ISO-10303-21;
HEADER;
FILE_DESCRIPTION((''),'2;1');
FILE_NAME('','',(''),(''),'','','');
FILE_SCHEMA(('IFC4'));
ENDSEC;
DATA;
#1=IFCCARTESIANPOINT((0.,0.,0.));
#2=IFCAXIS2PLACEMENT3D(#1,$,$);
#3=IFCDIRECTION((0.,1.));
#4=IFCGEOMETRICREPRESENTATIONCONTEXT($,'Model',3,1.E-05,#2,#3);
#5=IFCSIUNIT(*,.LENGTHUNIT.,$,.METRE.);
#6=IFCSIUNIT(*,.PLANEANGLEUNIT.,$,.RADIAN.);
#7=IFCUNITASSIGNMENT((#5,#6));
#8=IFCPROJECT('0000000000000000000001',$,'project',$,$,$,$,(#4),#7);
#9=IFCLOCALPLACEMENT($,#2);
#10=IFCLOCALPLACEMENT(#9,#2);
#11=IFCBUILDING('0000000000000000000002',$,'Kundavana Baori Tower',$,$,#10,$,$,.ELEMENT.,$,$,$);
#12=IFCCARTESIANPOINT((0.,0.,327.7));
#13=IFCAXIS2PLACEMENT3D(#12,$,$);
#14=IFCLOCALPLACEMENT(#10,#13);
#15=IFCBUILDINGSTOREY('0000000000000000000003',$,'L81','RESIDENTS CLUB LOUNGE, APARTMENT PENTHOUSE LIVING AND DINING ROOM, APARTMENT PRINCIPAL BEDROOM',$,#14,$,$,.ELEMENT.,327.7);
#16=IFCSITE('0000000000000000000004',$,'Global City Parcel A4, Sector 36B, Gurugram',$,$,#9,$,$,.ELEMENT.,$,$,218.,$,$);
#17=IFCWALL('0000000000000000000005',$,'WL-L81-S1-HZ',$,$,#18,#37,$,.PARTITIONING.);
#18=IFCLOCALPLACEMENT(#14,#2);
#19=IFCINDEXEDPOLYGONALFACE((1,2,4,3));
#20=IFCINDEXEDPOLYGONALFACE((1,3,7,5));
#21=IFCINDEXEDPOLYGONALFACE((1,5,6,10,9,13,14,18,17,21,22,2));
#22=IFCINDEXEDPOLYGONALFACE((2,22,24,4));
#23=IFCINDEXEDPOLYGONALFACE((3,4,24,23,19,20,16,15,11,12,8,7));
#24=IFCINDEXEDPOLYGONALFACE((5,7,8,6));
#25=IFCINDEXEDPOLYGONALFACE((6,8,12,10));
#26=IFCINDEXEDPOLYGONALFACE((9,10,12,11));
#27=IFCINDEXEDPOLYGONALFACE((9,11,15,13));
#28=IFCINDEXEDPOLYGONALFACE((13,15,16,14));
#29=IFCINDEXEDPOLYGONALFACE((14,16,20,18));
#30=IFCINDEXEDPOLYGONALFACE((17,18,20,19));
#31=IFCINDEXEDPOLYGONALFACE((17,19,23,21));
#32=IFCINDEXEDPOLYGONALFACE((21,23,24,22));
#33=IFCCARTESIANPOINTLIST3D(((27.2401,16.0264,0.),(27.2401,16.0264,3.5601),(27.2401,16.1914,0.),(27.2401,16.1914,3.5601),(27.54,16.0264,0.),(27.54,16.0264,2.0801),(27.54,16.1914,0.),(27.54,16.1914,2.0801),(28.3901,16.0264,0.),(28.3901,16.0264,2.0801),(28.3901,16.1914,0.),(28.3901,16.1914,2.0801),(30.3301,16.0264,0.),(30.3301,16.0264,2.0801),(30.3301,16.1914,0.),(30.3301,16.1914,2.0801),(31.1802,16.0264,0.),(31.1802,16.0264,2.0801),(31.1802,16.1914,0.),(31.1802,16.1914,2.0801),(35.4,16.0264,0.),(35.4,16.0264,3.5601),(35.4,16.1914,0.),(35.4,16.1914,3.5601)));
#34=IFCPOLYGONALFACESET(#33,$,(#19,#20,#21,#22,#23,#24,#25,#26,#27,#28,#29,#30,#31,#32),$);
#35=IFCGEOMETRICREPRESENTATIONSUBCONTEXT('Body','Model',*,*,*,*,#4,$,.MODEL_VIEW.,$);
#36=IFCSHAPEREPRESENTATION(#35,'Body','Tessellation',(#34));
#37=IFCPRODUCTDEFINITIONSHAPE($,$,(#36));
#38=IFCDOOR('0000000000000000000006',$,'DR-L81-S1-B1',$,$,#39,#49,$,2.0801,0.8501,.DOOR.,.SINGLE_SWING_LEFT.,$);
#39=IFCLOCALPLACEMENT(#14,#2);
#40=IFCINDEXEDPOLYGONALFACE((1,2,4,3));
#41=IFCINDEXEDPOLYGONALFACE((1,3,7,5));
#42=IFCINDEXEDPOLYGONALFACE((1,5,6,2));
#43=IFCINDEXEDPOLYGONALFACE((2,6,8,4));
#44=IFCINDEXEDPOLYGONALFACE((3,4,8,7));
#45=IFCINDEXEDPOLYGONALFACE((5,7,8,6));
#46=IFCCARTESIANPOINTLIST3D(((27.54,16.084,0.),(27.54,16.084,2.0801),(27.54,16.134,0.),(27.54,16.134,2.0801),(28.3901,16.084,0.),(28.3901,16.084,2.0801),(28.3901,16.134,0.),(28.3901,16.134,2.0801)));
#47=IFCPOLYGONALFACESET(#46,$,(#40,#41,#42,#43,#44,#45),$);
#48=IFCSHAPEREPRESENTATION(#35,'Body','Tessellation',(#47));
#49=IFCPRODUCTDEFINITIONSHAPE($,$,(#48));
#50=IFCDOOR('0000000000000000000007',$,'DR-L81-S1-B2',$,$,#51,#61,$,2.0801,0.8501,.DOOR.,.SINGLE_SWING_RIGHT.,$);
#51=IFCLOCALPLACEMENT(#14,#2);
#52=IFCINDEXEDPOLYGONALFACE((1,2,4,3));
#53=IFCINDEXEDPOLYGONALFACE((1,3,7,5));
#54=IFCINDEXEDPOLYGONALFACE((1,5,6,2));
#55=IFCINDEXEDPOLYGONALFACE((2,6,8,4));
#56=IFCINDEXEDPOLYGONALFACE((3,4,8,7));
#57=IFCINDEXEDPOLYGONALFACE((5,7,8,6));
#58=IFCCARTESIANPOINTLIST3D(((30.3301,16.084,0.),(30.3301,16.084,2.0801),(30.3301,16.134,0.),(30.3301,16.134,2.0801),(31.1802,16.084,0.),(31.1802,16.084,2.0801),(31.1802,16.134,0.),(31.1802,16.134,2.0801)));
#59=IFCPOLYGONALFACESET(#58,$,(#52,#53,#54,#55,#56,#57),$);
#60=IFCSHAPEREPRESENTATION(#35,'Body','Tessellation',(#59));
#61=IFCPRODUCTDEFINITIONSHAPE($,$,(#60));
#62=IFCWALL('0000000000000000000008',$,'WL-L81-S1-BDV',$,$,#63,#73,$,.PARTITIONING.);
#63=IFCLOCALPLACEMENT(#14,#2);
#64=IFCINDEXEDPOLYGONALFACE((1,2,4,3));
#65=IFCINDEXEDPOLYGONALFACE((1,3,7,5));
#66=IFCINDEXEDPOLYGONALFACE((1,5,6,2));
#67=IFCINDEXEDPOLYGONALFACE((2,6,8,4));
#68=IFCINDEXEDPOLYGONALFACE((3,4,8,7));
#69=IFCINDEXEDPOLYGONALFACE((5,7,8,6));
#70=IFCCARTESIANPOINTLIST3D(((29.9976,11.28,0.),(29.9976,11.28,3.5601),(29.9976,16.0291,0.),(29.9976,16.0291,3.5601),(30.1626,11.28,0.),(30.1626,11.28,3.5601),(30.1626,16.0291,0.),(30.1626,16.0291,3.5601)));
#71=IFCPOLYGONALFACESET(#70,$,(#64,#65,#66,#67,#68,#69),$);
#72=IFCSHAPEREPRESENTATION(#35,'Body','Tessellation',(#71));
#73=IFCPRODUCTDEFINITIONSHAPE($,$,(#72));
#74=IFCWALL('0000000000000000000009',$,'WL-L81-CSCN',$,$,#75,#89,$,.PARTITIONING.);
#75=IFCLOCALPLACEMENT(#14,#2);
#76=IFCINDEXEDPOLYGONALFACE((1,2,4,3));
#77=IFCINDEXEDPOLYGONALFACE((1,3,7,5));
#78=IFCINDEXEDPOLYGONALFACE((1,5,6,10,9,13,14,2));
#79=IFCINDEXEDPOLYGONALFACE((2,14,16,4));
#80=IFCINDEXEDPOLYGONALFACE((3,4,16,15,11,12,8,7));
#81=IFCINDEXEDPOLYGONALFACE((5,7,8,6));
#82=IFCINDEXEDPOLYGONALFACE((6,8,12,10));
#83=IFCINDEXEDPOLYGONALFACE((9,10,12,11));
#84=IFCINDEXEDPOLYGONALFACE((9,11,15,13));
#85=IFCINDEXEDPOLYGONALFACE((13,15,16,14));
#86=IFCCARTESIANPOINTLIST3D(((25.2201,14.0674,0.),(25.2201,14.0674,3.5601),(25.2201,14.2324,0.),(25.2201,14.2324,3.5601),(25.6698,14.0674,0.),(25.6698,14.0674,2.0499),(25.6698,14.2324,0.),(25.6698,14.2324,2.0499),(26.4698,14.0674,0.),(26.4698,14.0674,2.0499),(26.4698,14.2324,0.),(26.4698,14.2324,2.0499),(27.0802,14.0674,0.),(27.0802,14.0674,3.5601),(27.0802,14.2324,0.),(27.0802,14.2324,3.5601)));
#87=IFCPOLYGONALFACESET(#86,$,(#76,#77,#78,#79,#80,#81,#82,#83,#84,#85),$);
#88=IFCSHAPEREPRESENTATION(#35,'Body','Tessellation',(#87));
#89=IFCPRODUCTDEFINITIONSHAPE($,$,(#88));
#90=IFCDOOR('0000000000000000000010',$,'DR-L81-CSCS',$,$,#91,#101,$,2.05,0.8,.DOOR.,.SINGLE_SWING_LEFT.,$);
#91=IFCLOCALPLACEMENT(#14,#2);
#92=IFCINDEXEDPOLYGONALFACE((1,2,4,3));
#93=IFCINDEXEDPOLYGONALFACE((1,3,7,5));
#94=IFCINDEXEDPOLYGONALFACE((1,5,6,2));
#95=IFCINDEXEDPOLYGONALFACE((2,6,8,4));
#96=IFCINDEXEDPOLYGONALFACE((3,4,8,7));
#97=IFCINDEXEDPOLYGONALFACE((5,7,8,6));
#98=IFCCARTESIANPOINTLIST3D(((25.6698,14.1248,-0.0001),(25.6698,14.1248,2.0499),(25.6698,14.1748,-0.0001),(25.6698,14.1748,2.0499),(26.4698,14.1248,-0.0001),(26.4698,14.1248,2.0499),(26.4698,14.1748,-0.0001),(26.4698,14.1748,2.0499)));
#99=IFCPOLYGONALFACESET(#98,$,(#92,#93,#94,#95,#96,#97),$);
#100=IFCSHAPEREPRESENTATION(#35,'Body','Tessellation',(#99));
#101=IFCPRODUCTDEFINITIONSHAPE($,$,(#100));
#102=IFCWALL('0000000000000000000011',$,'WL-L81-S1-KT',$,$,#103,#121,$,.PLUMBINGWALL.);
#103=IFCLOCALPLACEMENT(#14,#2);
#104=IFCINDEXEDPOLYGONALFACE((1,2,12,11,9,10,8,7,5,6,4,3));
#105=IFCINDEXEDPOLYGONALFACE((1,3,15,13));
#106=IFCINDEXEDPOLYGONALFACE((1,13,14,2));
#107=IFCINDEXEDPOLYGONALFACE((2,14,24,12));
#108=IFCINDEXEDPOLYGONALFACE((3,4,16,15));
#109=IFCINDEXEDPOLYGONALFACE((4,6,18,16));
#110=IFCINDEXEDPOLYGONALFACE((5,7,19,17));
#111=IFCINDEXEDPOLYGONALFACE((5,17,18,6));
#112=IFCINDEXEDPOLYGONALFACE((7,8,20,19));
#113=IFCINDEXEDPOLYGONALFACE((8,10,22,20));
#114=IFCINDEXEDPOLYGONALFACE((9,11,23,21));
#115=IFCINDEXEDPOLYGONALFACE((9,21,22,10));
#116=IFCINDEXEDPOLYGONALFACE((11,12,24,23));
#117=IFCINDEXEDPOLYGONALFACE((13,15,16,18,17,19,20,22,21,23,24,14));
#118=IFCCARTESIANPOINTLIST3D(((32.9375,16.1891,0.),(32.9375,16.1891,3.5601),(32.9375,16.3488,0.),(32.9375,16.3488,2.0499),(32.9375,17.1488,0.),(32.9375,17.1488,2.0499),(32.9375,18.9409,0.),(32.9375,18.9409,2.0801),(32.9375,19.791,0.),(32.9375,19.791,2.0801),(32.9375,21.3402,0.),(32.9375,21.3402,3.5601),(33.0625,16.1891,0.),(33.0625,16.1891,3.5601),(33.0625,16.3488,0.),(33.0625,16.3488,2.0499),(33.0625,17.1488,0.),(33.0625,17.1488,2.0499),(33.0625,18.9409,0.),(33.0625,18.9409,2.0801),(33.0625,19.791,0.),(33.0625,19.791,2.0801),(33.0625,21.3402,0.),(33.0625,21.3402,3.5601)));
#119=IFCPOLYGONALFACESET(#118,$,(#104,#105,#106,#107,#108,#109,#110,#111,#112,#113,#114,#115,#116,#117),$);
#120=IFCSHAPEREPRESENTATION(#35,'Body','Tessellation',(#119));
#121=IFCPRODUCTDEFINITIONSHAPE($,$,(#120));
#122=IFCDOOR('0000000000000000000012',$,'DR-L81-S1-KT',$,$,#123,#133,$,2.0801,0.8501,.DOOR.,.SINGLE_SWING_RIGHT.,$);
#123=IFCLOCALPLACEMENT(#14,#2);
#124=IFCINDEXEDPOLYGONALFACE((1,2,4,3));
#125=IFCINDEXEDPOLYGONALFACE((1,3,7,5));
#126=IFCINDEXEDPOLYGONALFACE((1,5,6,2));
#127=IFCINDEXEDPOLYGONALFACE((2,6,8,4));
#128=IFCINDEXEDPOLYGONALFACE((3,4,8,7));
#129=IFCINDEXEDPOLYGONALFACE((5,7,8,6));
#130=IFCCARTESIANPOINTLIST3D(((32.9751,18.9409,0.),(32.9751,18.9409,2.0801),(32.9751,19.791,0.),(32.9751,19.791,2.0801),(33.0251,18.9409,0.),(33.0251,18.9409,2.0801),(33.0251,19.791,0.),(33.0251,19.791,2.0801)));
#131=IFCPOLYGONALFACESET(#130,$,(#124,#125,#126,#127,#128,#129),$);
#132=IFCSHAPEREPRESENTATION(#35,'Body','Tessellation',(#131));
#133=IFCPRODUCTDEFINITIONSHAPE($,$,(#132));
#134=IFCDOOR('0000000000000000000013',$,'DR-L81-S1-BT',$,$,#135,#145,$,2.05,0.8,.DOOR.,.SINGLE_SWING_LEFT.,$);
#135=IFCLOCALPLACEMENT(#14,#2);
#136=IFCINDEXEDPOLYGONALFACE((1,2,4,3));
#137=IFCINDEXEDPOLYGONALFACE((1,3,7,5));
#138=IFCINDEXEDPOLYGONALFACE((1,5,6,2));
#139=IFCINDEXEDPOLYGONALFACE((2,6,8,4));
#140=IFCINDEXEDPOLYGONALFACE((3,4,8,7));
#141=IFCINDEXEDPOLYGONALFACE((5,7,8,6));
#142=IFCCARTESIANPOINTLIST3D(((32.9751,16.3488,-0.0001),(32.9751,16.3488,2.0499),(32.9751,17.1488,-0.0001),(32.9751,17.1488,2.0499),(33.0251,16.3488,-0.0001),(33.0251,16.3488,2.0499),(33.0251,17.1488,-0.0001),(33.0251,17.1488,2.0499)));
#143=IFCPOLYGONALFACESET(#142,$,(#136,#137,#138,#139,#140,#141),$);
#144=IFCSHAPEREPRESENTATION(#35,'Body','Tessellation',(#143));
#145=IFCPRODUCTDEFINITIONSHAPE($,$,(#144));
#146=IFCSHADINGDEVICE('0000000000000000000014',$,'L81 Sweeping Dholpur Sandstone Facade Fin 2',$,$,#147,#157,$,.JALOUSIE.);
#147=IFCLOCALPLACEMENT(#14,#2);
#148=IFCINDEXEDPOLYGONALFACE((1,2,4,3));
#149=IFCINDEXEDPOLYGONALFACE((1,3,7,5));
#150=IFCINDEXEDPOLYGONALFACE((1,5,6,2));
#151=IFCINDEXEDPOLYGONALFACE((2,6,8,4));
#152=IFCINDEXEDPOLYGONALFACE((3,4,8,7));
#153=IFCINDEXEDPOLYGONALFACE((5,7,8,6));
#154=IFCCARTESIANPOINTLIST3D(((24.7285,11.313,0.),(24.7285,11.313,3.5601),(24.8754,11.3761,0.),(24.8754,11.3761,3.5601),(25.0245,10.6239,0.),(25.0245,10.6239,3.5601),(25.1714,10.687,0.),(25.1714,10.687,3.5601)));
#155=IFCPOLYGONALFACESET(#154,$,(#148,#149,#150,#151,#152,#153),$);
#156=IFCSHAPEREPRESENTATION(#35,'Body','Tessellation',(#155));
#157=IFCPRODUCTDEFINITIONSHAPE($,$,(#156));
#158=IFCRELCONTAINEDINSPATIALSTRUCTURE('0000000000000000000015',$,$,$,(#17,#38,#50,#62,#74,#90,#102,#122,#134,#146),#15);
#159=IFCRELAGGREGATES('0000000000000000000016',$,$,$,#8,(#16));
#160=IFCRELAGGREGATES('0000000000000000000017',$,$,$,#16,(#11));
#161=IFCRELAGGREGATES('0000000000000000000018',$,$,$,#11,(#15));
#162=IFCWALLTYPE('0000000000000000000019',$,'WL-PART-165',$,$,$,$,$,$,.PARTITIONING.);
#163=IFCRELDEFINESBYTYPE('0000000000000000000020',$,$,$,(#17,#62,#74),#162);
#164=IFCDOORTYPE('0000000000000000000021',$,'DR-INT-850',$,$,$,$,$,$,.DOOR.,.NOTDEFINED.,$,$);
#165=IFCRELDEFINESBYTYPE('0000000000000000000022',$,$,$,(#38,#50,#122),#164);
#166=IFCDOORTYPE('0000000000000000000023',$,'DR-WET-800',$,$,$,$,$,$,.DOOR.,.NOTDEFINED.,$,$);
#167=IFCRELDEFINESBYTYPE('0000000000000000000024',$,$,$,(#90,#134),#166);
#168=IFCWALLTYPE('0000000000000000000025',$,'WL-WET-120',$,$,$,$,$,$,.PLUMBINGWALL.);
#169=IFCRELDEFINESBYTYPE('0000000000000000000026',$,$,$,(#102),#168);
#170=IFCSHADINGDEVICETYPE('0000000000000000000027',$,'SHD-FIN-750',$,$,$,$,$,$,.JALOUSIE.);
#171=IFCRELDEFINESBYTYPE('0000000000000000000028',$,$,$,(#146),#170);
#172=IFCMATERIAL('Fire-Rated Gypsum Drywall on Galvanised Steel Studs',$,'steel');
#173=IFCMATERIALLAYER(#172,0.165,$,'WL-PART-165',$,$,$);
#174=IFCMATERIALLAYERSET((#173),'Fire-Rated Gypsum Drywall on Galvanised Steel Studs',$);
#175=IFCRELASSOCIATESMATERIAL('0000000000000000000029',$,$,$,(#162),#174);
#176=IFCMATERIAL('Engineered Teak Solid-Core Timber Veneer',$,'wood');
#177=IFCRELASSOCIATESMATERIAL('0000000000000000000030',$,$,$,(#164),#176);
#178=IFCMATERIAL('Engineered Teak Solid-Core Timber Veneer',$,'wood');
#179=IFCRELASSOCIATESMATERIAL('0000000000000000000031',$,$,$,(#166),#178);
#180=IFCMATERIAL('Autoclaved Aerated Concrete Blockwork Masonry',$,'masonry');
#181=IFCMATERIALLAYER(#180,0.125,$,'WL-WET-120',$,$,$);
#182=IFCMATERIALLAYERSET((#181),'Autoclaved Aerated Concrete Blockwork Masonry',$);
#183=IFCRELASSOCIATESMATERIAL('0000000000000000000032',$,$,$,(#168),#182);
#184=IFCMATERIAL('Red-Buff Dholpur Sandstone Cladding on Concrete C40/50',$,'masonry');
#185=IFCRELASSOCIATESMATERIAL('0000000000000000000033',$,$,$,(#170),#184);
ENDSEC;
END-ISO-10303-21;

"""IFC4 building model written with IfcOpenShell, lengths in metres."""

from ifc_helpers import new_model, si_unit, direction, frame, frame_2d, origin, origin_2d, place, context, subcontext, project, spatial, rectangle, extrude, material, layer, layer_set, type_object, element, fill, save


model = new_model("IFC4")

# Units and contexts
model_context = context("Model", 3, precision=1e-05, world=origin(), true_north=direction((0.0, 1.0)))
body_context = subcontext(model_context, "Body", "Model", "MODEL_VIEW")
ifc_project = project(units=[si_unit("LENGTHUNIT", "METRE"), si_unit("PLANEANGLEUNIT", "RADIAN")], contexts=[model_context])

# Site, building, storey
site_placement = place(None, origin())
site = spatial("IfcSite", under=ifc_project, at=site_placement, Name="Global City Parcel A4, Sector 36B, Gurugram", CompositionType="ELEMENT", RefElevation=218.0)
building_placement = place(site_placement, origin())
building = spatial("IfcBuilding", under=site, at=building_placement, Name="Kundavana Baori Tower", CompositionType="ELEMENT")
storey_placement = place(building_placement, frame((0.0, 0.0, 327.7)))
storey = spatial("IfcBuildingStorey", under=building, at=storey_placement, Name="L81", Description="RESIDENTS CLUB LOUNGE, APARTMENT PENTHOUSE LIVING AND DINING ROOM, APARTMENT PRINCIPAL BEDROOM", CompositionType="ELEMENT", Elevation=327.7)

# Shared definitions
ifc_material_1 = material(Name="Fire-Rated Gypsum Drywall on Galvanised Steel Studs", Category="steel")
ifc_layer_1 = layer(ifc_material_1, 0.165, Name="WL-PART-165")
ifc_layer_set_1 = layer_set([ifc_layer_1], Name="Fire-Rated Gypsum Drywall on Galvanised Steel Studs")
wall_type_1 = type_object("IfcWallType", Name="WL-PART-165", PredefinedType="PARTITIONING", material=ifc_layer_set_1)

# Wall, openings, doors
wall_1_placement = place(storey_placement, frame((27.24, 16.1089, 0.0), z_axis=(0.0, 0.0, 1.0), x_axis=(1.0, 0.0, 0.0)))
wall_1 = element("IfcWall", 1, at=wall_1_placement, inside=storey, type_object=wall_type_1, Name="WL-L81-S1-HZ", PredefinedType="PARTITIONING", context=body_context, shape_type="SweptSolid", body=[
    extrude(rectangle(XDim=8.1599, YDim=0.165, at=frame_2d((4.0801, 0.0))), origin(), (0.0, 0.0, 1.0), 3.5601),
])
opening_1_placement = place(wall_1_placement, frame((0.3, 0.0, 0.0)))
opening_1 = element("IfcOpeningElement", 2, at=opening_1_placement, cuts=wall_1, PredefinedType="OPENING", context=body_context, shape_type="SweptSolid", body=[
    extrude(rectangle(XDim=0.8501, YDim=2.0801, at=frame_2d((0.425, 1.04))), frame((0.0, 0.0925, 0.0), z_axis=(0.0, -1.0, 0.0), x_axis=(1.0, 0.0, 0.0)), (0.0, 0.0, 1.0), 0.1851),
])
opening_2_placement = place(wall_1_placement, frame((3.0901, 0.0, 0.0)))
opening_2 = element("IfcOpeningElement", 3, at=opening_2_placement, cuts=wall_1, PredefinedType="OPENING", context=body_context, shape_type="SweptSolid", body=[
    extrude(rectangle(XDim=0.8501, YDim=2.0801, at=frame_2d((0.425, 1.04))), frame((0.0, 0.0925, 0.0), z_axis=(0.0, -1.0, 0.0), x_axis=(1.0, 0.0, 0.0)), (0.0, 0.0, 1.0), 0.1851),
])
ifc_material_2 = material(Name="Engineered Teak Solid-Core Timber Veneer", Category="wood")
door_type_1 = type_object("IfcDoorType", Name="DR-INT-850", OperationType="NOTDEFINED", PredefinedType="DOOR", material=ifc_material_2)
door_1_placement = place(opening_1_placement, frame((0.8501, 0.0, 0.0), z_axis=(0.0, 0.0, 1.0), x_axis=(-1.0, 0.0, 0.0)))
door_1 = element("IfcDoor", 4, at=door_1_placement, inside=storey, type_object=door_type_1, Name="DR-L81-S1-B1", OperationType="SINGLE_SWING_LEFT", OverallHeight=2.0801, OverallWidth=0.8501, PredefinedType="DOOR", context=body_context, shape_type="SweptSolid", body=[
    extrude(rectangle(XDim=0.8501, YDim=2.0801, at=frame_2d((0.425, 1.04))), frame((0.0, 0.0249, 0.0), z_axis=(0.0, -1.0, 0.0), x_axis=(1.0, 0.0, 0.0)), (0.0, 0.0, 1.0), 0.05),
])
fill(opening_1, door_1)
door_2_placement = place(opening_2_placement, frame((0.8501, 0.0, 0.0), z_axis=(0.0, 0.0, 1.0), x_axis=(-1.0, 0.0, 0.0)))
door_2 = element("IfcDoor", 5, at=door_2_placement, inside=storey, type_object=door_type_1, Name="DR-L81-S1-B2", OperationType="SINGLE_SWING_RIGHT", OverallHeight=2.0801, OverallWidth=0.8501, PredefinedType="DOOR", context=body_context, shape_type="SweptSolid", body=[
    extrude(rectangle(XDim=0.8501, YDim=2.0801, at=frame_2d((0.425, 1.04))), frame((0.0, 0.0249, 0.0), z_axis=(0.0, -1.0, 0.0), x_axis=(1.0, 0.0, 0.0)), (0.0, 0.0, 1.0), 0.05),
])
fill(opening_2, door_2)

# Wall
wall_2_placement = place(storey_placement, frame((30.0801, 11.28, 0.0), z_axis=(0.0, 0.0, 1.0), x_axis=(0.0, 1.0, 0.0)))
element("IfcWall", 6, at=wall_2_placement, inside=storey, type_object=wall_type_1, Name="WL-L81-S1-BDV", PredefinedType="PARTITIONING", context=body_context, shape_type="SweptSolid", body=[
    extrude(rectangle(XDim=4.749, YDim=0.165, at=frame_2d((2.3745, 0.0))), origin(), (0.0, 0.0, 1.0), 3.5601),
])

# Wall, opening, door
wall_3_placement = place(storey_placement, frame((25.22, 14.1499, 0.0), z_axis=(0.0, 0.0, 1.0), x_axis=(1.0, 0.0, 0.0)))
wall_3 = element("IfcWall", 7, at=wall_3_placement, inside=storey, type_object=wall_type_1, Name="WL-L81-CSCN", PredefinedType="PARTITIONING", context=body_context, shape_type="SweptSolid", body=[
    extrude(rectangle(XDim=1.8601, YDim=0.165, at=frame_2d((0.9302, 0.0))), origin(), (0.0, 0.0, 1.0), 3.5601),
])
opening_3_placement = place(wall_3_placement, frame((0.45, 0.0, 0.0)))
opening_3 = element("IfcOpeningElement", 8, at=opening_3_placement, cuts=wall_3, PredefinedType="OPENING", context=body_context, shape_type="SweptSolid", body=[
    extrude(rectangle(XDim=0.8, YDim=2.05, at=frame_2d((0.3999, 1.0249))), frame((0.0, 0.0925, 0.0), z_axis=(0.0, -1.0, 0.0), x_axis=(1.0, 0.0, 0.0)), (0.0, 0.0, 1.0), 0.1851),
])
ifc_material_3 = material(Name="Engineered Teak Solid-Core Timber Veneer", Category="wood")
door_type_2 = type_object("IfcDoorType", Name="DR-WET-800", OperationType="NOTDEFINED", PredefinedType="DOOR", material=ifc_material_3)
door_3_placement = place(opening_3_placement, origin())
door_3 = element("IfcDoor", 9, at=door_3_placement, inside=storey, type_object=door_type_2, Name="DR-L81-CSCS", OperationType="SINGLE_SWING_LEFT", OverallHeight=2.05, OverallWidth=0.8, PredefinedType="DOOR", context=body_context, shape_type="SweptSolid", body=[
    extrude(rectangle(XDim=0.8, YDim=2.05, at=frame_2d((0.3999, 1.0249))), frame((0.0, 0.0249, 0.0), z_axis=(0.0, -1.0, 0.0), x_axis=(1.0, 0.0, 0.0)), (0.0, 0.0, 1.0), 0.05),
])
fill(opening_3, door_3)

# Wall, openings, doors
ifc_material_4 = material(Name="Autoclaved Aerated Concrete Blockwork Masonry", Category="masonry")
ifc_layer_2 = layer(ifc_material_4, 0.125, Name="WL-WET-120")
ifc_layer_set_2 = layer_set([ifc_layer_2], Name="Autoclaved Aerated Concrete Blockwork Masonry")
wall_type_2 = type_object("IfcWallType", Name="WL-WET-120", PredefinedType="PLUMBINGWALL", material=ifc_layer_set_2)
wall_4_placement = place(storey_placement, frame((33.0, 16.189, 0.0), z_axis=(0.0, 0.0, 1.0), x_axis=(0.0, 1.0, 0.0)))
wall_4 = element("IfcWall", 10, at=wall_4_placement, inside=storey, type_object=wall_type_2, Name="WL-L81-S1-KT", PredefinedType="PLUMBINGWALL", context=body_context, shape_type="SweptSolid", body=[
    extrude(rectangle(XDim=5.1511, YDim=0.125, at=frame_2d((2.5757, 0.0))), origin(), (0.0, 0.0, 1.0), 3.5601),
])
opening_4_placement = place(wall_4_placement, frame((0.1599, 0.0, 0.0)))
opening_4 = element("IfcOpeningElement", 11, at=opening_4_placement, cuts=wall_4, PredefinedType="OPENING", context=body_context, shape_type="SweptSolid", body=[
    extrude(rectangle(XDim=0.8, YDim=2.05, at=frame_2d((0.3999, 1.0249))), frame((0.0, 0.0725, 0.0), z_axis=(0.0, -1.0, 0.0), x_axis=(1.0, 0.0, 0.0)), (0.0, 0.0, 1.0), 0.145),
])
opening_5_placement = place(wall_4_placement, frame((2.752, 0.0, 0.0)))
opening_5 = element("IfcOpeningElement", 12, at=opening_5_placement, cuts=wall_4, PredefinedType="OPENING", context=body_context, shape_type="SweptSolid", body=[
    extrude(rectangle(XDim=0.8501, YDim=2.0801, at=frame_2d((0.425, 1.04))), frame((0.0, 0.0725, 0.0), z_axis=(0.0, -1.0, 0.0), x_axis=(1.0, 0.0, 0.0)), (0.0, 0.0, 1.0), 0.145),
])
door_4_placement = place(opening_5_placement, origin())
door_4 = element("IfcDoor", 13, at=door_4_placement, inside=storey, type_object=door_type_1, Name="DR-L81-S1-KT", OperationType="SINGLE_SWING_RIGHT", OverallHeight=2.0801, OverallWidth=0.8501, PredefinedType="DOOR", context=body_context, shape_type="SweptSolid", body=[
    extrude(rectangle(XDim=0.8501, YDim=2.0801, at=frame_2d((0.425, 1.04))), frame((0.0, 0.0249, 0.0), z_axis=(0.0, -1.0, 0.0), x_axis=(1.0, 0.0, 0.0)), (0.0, 0.0, 1.0), 0.05),
])
fill(opening_5, door_4)
door_5_placement = place(opening_4_placement, origin())
door_5 = element("IfcDoor", 14, at=door_5_placement, inside=storey, type_object=door_type_2, Name="DR-L81-S1-BT", OperationType="SINGLE_SWING_LEFT", OverallHeight=2.05, OverallWidth=0.8, PredefinedType="DOOR", context=body_context, shape_type="SweptSolid", body=[
    extrude(rectangle(XDim=0.8, YDim=2.05, at=frame_2d((0.3999, 1.0249))), frame((0.0, 0.0249, 0.0), z_axis=(0.0, -1.0, 0.0), x_axis=(1.0, 0.0, 0.0)), (0.0, 0.0, 1.0), 0.05),
])
fill(opening_4, door_5)

# Shading device
ifc_material_5 = material(Name="Red-Buff Dholpur Sandstone Cladding on Concrete C40/50", Category="masonry")
shading_device_type = type_object("IfcShadingDeviceType", Name="SHD-FIN-750", PredefinedType="JALOUSIE", material=ifc_material_5)
shading_device_placement = place(storey_placement, frame((24.95, 11.0, 0.0), z_axis=(0.0, 0.0, 1.0), x_axis=(0.918791, 0.394744, 0.0)))
element("IfcShadingDevice", 15, at=shading_device_placement, inside=storey, type_object=shading_device_type, Name="L81 Sweeping Dholpur Sandstone Facade Fin 2", PredefinedType="JALOUSIE", context=body_context, shape_type="SweptSolid", body=[
    extrude(rectangle(XDim=0.1599, YDim=0.75, at=origin_2d()), origin(), (0.0, 0.0, 1.0), 3.5601),
])

save(model, "model.ifc")
